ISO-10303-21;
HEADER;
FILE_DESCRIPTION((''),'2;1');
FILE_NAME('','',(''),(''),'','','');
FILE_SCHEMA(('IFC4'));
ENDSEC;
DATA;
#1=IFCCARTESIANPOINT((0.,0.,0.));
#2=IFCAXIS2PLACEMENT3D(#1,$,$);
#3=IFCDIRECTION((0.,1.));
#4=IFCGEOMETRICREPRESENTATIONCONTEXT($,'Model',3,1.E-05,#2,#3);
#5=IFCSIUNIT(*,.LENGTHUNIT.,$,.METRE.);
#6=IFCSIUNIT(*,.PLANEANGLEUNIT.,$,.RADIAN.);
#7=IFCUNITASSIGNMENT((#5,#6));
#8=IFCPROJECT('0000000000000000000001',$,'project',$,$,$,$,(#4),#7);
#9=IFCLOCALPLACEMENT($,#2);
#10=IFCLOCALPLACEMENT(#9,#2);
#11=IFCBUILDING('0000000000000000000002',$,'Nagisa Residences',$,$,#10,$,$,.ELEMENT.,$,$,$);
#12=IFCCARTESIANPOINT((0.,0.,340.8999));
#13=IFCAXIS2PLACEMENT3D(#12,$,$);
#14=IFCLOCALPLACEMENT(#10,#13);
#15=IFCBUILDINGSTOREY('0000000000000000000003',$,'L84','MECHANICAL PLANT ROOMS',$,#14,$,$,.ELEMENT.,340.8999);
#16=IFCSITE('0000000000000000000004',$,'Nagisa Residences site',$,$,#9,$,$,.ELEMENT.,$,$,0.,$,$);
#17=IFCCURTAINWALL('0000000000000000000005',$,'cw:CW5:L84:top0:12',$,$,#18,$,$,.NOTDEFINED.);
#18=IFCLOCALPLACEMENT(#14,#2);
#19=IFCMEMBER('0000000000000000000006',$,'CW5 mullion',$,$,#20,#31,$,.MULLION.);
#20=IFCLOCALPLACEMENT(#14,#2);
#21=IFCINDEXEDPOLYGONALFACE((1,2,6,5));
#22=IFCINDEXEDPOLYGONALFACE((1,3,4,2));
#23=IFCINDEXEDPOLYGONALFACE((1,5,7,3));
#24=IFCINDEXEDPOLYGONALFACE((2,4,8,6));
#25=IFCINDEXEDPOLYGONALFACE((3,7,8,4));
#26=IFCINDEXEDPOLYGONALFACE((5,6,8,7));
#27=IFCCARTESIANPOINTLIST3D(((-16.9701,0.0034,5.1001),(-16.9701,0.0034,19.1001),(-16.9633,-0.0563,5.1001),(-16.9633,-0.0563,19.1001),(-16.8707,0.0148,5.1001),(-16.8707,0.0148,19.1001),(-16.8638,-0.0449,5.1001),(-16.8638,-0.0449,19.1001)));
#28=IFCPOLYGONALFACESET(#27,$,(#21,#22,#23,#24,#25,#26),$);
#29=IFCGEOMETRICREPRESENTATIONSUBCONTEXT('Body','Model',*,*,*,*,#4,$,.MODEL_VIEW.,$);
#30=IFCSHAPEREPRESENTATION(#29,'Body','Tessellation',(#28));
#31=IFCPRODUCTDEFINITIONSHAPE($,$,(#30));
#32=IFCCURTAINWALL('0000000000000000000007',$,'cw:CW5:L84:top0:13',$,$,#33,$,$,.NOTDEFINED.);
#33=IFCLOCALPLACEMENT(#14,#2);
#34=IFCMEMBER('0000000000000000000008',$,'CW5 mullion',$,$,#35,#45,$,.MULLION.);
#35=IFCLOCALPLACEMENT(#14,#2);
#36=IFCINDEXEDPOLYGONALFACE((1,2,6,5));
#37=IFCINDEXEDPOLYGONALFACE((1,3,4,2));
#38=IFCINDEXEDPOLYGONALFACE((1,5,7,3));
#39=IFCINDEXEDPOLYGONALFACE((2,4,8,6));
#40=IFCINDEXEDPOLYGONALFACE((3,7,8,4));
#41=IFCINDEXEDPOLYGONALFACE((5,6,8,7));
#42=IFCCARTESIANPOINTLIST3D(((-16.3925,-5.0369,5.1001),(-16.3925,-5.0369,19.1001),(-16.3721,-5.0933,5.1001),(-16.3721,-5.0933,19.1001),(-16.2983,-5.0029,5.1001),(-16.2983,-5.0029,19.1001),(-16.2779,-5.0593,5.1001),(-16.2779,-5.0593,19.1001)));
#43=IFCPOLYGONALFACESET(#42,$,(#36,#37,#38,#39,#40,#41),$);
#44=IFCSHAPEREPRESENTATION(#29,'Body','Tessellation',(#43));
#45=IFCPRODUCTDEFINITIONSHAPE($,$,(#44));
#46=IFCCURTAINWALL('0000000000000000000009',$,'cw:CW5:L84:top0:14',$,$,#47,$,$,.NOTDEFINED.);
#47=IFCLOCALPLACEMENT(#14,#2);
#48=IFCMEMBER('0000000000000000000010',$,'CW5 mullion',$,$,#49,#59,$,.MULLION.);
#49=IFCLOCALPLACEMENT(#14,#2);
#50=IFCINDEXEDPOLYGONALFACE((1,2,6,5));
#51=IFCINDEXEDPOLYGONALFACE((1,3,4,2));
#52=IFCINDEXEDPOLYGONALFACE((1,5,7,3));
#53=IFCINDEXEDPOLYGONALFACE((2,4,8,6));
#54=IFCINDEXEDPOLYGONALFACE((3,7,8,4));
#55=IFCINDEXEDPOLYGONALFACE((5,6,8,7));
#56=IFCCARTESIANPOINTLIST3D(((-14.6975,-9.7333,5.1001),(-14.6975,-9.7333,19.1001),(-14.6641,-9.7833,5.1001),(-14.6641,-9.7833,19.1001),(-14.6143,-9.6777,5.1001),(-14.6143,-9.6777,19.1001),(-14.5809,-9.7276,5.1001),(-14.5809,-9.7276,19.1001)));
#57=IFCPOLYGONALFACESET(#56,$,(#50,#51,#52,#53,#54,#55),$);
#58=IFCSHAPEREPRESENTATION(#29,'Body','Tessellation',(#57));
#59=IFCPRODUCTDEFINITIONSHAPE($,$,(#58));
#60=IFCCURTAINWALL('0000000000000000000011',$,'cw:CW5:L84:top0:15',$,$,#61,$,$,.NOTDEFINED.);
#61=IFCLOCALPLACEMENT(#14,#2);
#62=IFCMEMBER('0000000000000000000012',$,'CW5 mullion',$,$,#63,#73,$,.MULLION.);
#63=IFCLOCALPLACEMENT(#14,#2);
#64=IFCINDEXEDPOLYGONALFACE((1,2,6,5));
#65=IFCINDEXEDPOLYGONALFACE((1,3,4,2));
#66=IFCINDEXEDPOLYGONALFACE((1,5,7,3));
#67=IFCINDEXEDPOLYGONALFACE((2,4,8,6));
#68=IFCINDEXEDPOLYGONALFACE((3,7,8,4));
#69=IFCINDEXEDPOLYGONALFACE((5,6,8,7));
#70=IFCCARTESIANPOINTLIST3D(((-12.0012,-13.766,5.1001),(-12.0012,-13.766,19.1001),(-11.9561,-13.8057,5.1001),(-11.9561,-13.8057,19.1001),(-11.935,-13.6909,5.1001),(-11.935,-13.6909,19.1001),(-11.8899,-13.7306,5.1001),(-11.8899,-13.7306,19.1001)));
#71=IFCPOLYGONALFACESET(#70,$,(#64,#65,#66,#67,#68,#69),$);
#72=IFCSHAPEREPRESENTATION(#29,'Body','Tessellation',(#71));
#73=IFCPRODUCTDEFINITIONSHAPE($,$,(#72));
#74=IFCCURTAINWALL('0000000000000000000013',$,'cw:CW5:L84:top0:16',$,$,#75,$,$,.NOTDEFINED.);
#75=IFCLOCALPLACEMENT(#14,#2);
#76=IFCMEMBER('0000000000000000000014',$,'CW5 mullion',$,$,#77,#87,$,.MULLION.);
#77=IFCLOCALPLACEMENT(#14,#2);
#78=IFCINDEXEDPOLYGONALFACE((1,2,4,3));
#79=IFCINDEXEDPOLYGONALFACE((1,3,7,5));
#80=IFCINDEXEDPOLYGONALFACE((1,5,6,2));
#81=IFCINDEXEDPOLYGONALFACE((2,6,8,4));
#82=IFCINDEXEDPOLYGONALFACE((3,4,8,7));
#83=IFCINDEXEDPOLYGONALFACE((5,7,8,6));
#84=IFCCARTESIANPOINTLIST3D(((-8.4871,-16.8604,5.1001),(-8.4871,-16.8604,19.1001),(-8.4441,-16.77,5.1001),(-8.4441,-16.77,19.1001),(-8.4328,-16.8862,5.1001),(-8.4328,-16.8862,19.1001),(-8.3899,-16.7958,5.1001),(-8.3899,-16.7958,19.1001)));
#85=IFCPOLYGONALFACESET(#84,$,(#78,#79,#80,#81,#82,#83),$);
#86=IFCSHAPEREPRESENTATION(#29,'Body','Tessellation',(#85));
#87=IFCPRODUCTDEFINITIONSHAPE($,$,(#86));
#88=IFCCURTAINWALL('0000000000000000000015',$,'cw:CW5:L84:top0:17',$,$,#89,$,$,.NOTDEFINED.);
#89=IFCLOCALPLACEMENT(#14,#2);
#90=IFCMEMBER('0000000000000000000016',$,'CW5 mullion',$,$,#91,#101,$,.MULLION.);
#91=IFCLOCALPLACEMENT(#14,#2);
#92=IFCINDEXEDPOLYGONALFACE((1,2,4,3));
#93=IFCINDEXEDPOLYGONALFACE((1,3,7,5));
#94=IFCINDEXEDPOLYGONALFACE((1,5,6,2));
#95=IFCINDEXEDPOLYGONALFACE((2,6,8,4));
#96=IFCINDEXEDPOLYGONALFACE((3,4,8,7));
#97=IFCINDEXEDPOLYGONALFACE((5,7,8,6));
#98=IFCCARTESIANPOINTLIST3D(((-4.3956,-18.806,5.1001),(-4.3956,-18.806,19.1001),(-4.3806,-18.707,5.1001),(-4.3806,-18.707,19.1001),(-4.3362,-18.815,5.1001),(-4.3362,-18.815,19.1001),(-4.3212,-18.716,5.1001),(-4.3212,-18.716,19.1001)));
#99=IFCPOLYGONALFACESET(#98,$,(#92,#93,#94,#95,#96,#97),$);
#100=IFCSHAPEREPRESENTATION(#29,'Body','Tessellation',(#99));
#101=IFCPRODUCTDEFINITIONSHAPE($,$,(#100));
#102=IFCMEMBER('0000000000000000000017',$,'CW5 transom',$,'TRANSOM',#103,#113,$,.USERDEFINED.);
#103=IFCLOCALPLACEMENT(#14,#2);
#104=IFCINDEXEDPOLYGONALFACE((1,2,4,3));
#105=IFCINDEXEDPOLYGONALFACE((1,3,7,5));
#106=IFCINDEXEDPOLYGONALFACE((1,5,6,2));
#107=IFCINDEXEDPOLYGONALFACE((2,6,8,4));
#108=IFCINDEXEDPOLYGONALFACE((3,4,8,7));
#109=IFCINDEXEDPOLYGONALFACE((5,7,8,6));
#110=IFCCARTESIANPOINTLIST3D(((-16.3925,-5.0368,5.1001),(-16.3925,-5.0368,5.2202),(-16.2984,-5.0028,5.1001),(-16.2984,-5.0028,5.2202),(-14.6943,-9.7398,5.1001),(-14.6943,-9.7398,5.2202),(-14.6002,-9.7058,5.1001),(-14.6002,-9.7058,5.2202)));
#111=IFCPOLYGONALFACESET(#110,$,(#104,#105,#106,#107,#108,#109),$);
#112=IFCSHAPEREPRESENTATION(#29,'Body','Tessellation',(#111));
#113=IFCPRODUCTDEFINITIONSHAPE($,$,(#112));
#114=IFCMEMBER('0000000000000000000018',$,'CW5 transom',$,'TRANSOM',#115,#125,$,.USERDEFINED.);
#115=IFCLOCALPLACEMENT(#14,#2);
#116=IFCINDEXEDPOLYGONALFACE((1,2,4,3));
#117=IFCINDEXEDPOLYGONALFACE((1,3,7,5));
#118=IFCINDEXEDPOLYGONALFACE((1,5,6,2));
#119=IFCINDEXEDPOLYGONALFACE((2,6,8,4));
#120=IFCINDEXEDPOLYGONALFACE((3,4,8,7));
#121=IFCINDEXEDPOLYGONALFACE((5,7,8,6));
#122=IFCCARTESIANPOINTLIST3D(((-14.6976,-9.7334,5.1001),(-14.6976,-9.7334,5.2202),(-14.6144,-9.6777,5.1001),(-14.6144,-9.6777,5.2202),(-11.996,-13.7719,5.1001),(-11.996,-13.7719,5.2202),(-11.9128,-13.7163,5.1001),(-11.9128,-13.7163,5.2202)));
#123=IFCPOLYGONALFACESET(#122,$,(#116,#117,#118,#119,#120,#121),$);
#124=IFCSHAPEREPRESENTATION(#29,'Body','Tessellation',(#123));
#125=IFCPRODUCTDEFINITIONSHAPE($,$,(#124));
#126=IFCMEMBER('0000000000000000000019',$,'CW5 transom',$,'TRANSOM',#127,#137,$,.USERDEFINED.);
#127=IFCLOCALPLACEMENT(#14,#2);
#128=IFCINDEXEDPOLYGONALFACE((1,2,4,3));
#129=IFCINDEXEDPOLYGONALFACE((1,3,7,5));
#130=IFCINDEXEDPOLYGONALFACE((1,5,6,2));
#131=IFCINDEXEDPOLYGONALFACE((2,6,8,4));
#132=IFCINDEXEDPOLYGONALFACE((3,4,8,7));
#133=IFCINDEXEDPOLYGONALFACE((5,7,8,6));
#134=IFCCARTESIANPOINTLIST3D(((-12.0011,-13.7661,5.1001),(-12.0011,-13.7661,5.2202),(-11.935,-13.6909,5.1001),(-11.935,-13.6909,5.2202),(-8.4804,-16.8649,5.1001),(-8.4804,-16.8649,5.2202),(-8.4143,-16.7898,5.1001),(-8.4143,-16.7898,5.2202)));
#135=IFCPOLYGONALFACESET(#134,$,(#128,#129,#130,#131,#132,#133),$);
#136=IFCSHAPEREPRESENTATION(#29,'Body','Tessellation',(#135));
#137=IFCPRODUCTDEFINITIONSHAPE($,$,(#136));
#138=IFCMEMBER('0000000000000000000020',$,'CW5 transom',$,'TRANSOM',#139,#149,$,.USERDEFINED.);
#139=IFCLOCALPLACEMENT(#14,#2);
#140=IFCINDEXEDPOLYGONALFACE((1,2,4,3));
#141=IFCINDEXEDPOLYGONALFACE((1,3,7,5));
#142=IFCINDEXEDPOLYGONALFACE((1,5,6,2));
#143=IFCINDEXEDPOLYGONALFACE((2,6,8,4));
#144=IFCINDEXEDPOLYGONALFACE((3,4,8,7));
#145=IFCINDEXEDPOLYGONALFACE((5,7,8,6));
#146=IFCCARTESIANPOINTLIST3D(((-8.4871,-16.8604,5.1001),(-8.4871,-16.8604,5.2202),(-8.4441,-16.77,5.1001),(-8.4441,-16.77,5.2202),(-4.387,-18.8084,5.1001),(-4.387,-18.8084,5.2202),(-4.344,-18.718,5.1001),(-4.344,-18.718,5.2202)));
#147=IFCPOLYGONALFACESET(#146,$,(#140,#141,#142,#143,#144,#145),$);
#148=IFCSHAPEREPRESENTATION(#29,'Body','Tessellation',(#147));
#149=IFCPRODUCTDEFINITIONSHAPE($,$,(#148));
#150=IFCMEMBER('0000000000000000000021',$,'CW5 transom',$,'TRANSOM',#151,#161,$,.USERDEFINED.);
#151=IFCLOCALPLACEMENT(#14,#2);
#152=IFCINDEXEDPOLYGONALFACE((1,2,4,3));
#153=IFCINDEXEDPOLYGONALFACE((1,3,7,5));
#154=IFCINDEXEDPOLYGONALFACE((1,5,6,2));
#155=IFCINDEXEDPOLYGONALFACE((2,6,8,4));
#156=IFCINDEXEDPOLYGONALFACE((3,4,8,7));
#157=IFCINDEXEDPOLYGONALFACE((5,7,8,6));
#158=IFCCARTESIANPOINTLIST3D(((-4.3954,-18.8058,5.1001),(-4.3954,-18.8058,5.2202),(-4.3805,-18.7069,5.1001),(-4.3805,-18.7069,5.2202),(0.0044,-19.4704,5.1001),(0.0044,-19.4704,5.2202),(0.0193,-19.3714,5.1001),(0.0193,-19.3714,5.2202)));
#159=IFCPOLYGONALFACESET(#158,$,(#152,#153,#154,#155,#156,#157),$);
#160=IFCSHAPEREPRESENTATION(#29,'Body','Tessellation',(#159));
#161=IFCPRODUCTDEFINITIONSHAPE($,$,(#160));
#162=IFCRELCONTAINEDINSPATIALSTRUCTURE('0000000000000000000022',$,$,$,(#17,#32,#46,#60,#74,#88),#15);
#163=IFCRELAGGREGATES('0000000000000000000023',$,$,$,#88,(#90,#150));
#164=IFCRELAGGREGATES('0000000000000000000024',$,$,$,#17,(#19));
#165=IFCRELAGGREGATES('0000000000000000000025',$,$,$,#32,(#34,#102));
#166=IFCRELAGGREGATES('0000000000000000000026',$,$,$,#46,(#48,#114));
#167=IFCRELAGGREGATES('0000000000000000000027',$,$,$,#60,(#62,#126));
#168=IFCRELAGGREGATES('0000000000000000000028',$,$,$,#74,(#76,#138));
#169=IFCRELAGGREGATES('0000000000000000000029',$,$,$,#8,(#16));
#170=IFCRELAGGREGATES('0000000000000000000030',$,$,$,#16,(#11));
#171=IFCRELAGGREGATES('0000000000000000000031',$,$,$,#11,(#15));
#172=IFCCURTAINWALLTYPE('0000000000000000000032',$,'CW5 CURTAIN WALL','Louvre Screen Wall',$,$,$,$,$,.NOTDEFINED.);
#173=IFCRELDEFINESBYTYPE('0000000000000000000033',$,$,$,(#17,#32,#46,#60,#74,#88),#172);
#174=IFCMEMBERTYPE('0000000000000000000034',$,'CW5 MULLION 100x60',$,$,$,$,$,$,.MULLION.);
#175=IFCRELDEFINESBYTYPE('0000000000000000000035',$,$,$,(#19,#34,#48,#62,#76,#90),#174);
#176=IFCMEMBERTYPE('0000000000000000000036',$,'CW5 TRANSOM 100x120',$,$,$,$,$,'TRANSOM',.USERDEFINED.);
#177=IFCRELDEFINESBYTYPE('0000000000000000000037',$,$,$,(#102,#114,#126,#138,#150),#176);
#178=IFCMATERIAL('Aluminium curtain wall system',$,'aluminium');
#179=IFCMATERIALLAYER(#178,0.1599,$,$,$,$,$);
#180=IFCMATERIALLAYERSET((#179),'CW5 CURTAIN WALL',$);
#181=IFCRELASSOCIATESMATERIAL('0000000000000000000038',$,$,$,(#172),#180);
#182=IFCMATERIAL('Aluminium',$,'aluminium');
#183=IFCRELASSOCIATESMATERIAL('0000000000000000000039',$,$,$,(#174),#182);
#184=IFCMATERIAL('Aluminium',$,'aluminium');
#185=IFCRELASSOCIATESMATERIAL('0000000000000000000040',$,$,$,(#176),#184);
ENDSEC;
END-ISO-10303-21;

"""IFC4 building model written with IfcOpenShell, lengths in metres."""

from ifc_helpers import new_model, si_unit, direction, frame, origin, origin_2d, place, context, subcontext, project, spatial, rectangle, extrude, material, layer, layer_set, material_profile, profile_set, type_object, element, aggregate, save


model = new_model("IFC4")

# Units and contexts
model_context = context("Model", 3, precision=1e-05, world=origin(), true_north=direction((0.0, 1.0)))
body_context = subcontext(model_context, "Body", "Model", "MODEL_VIEW")
ifc_project = project(units=[si_unit("LENGTHUNIT", "METRE"), si_unit("PLANEANGLEUNIT", "RADIAN")], contexts=[model_context])

# Site, building, storey
site_placement = place(None, origin())
site = spatial("IfcSite", under=ifc_project, at=site_placement, Name="Nagisa Residences site", CompositionType="ELEMENT", RefElevation=0.0)
building_placement = place(site_placement, origin())
building = spatial("IfcBuilding", under=site, at=building_placement, Name="Nagisa Residences", CompositionType="ELEMENT")
storey_placement = place(building_placement, frame((0.0, 0.0, 340.8999)))
storey = spatial("IfcBuildingStorey", under=building, at=storey_placement, Name="L84", Description="MECHANICAL PLANT ROOMS", CompositionType="ELEMENT", Elevation=340.8999)

# Curtain walls, members
ifc_material_1 = material(Name="Aluminium curtain wall system", Category="aluminium")
ifc_layer_1 = layer(ifc_material_1, 0.1599)
ifc_layer_set_1 = layer_set([ifc_layer_1], Name="CW5 CURTAIN WALL")
curtain_wall_type = type_object("IfcCurtainWallType", Name="CW5 CURTAIN WALL", Description="Louvre Screen Wall", PredefinedType="NOTDEFINED", material=ifc_layer_set_1)
curtain_wall_1_placement = place(storey_placement, origin())
curtain_wall_1 = element("IfcCurtainWall", 1, at=curtain_wall_1_placement, inside=storey, type_object=curtain_wall_type, Name="cw:CW5:L84:top0:12", PredefinedType="NOTDEFINED")
ifc_material_2 = material(Name="Aluminium", Category="aluminium")
ifc_material_profile_1 = material_profile(ifc_material_2, rectangle(XDim=0.1001, YDim=0.0601, at=origin_2d()), Name="CW5 MULLION 100x60")
ifc_profile_set_1 = profile_set([ifc_material_profile_1], Name="Aluminium")
member_type_1 = type_object("IfcMemberType", Name="CW5 MULLION 100x60", PredefinedType="MULLION", material=ifc_profile_set_1)
member_1_placement = place(storey_placement, frame((-16.917, -0.0208, 5.1001), z_axis=(0.0, 0.0, 1.0), x_axis=(0.993478, 0.114025, 0.0)))
member_1 = element("IfcMember", 2, at=member_1_placement, type_object=member_type_1, Name="CW5 mullion", PredefinedType="MULLION", context=body_context, shape_type="SweptSolid", body=[
    extrude(rectangle(XDim=0.1001, YDim=0.0601, at=origin_2d()), origin(), (0.0, 0.0, 1.0), 14.0),
])
curtain_wall_2_placement = place(storey_placement, origin())
curtain_wall_2 = element("IfcCurtainWall", 3, at=curtain_wall_2_placement, inside=storey, type_object=curtain_wall_type, Name="cw:CW5:L84:top0:13", PredefinedType="NOTDEFINED")
member_2_placement = place(storey_placement, frame((-16.3352, -5.0481, 5.1001), z_axis=(0.0, 0.0, 1.0), x_axis=(0.940554, 0.339643, 0.0)))
member_2 = element("IfcMember", 4, at=member_2_placement, type_object=member_type_1, Name="CW5 mullion", PredefinedType="MULLION", context=body_context, shape_type="SweptSolid", body=[
    extrude(rectangle(XDim=0.1001, YDim=0.0601, at=origin_2d()), origin(), (0.0, 0.0, 1.0), 14.0),
])
curtain_wall_3_placement = place(storey_placement, origin())
curtain_wall_3 = element("IfcCurtainWall", 5, at=curtain_wall_3_placement, inside=storey, type_object=curtain_wall_type, Name="cw:CW5:L84:top0:14", PredefinedType="NOTDEFINED")
member_3_placement = place(storey_placement, frame((-14.6392, -9.7305, 5.1001), z_axis=(0.0, 0.0, 1.0), x_axis=(0.831173, 0.556014, 0.0)))
member_3 = element("IfcMember", 6, at=member_3_placement, type_object=member_type_1, Name="CW5 mullion", PredefinedType="MULLION", context=body_context, shape_type="SweptSolid", body=[
    extrude(rectangle(XDim=0.1001, YDim=0.0601, at=origin_2d()), origin(), (0.0, 0.0, 1.0), 14.0),
])
curtain_wall_4_placement = place(storey_placement, origin())
curtain_wall_4 = element("IfcCurtainWall", 7, at=curtain_wall_4_placement, inside=storey, type_object=curtain_wall_type, Name="cw:CW5:L84:top0:15", PredefinedType="NOTDEFINED")
member_4_placement = place(storey_placement, frame((-11.9456, -13.7483, 5.1001), z_axis=(0.0, 0.0, 1.0), x_axis=(0.660699, 0.750651, 0.0)))
member_4 = element("IfcMember", 8, at=member_4_placement, type_object=member_type_1, Name="CW5 mullion", PredefinedType="MULLION", context=body_context, shape_type="SweptSolid", body=[
    extrude(rectangle(XDim=0.1001, YDim=0.0601, at=origin_2d()), origin(), (0.0, 0.0, 1.0), 14.0),
])
curtain_wall_5_placement = place(storey_placement, origin())
curtain_wall_5 = element("IfcCurtainWall", 9, at=curtain_wall_5_placement, inside=storey, type_object=curtain_wall_type, Name="cw:CW5:L84:top0:16", PredefinedType="NOTDEFINED")
member_5_placement = place(storey_placement, frame((-8.4385, -16.8281, 5.1001), z_axis=(0.0, 0.0, 1.0), x_axis=(0.429151, 0.903233, 0.0)))
member_5 = element("IfcMember", 10, at=member_5_placement, type_object=member_type_1, Name="CW5 mullion", PredefinedType="MULLION", context=body_context, shape_type="SweptSolid", body=[
    extrude(rectangle(XDim=0.1001, YDim=0.0601, at=origin_2d()), origin(), (0.0, 0.0, 1.0), 14.0),
])
curtain_wall_6_placement = place(storey_placement, origin())
curtain_wall_6 = element("IfcCurtainWall", 11, at=curtain_wall_6_placement, inside=storey, type_object=curtain_wall_type, Name="cw:CW5:L84:top0:17", PredefinedType="NOTDEFINED")
member_6_placement = place(storey_placement, frame((-4.3584, -18.761, 5.1001), z_axis=(0.0, 0.0, 1.0), x_axis=(0.14932, 0.988789, 0.0)))
member_6 = element("IfcMember", 12, at=member_6_placement, type_object=member_type_1, Name="CW5 mullion", PredefinedType="MULLION", context=body_context, shape_type="SweptSolid", body=[
    extrude(rectangle(XDim=0.1001, YDim=0.0601, at=origin_2d()), origin(), (0.0, 0.0, 1.0), 14.0),
])

# Members
ifc_material_3 = material(Name="Aluminium", Category="aluminium")
ifc_material_profile_2 = material_profile(ifc_material_3, rectangle(XDim=0.1001, YDim=0.1201, at=origin_2d()), Name="CW5 TRANSOM 100x120")
ifc_profile_set_2 = profile_set([ifc_material_profile_2], Name="Aluminium")
member_type_2 = type_object("IfcMemberType", Name="CW5 TRANSOM 100x120", ElementType="TRANSOM", PredefinedType="USERDEFINED", material=ifc_profile_set_2)
member_7_placement = place(storey_placement, frame((-16.3455, -5.0198, 5.1602), z_axis=(0.339625, -0.940561, 0.0), x_axis=(0.940561, 0.339625, 0.0)))
member_7 = element("IfcMember", 13, at=member_7_placement, type_object=member_type_2, Name="CW5 transom", ObjectType="TRANSOM", PredefinedType="USERDEFINED", context=body_context, shape_type="SweptSolid", body=[
    extrude(rectangle(XDim=0.1001, YDim=0.1201, at=origin_2d()), origin(), (0.0, 0.0, 1.0), 5.0002),
])
member_8_placement = place(storey_placement, frame((-14.656, -9.7056, 5.1602), z_axis=(0.556021, -0.831168, 0.0), x_axis=(0.831168, 0.556021, 0.0)))
member_8 = element("IfcMember", 14, at=member_8_placement, type_object=member_type_2, Name="CW5 transom", ObjectType="TRANSOM", PredefinedType="USERDEFINED", context=body_context, shape_type="SweptSolid", body=[
    extrude(rectangle(XDim=0.1001, YDim=0.1201, at=origin_2d()), origin(), (0.0, 0.0, 1.0), 4.8589),
])
member_9_placement = place(storey_placement, frame((-11.968, -13.7285, 5.1602), z_axis=(0.750648, -0.660702, 0.0), x_axis=(0.660702, 0.750648, 0.0)))
member_9 = element("IfcMember", 15, at=member_9_placement, type_object=member_type_2, Name="CW5 transom", ObjectType="TRANSOM", PredefinedType="USERDEFINED", context=body_context, shape_type="SweptSolid", body=[
    extrude(rectangle(XDim=0.1001, YDim=0.1201, at=origin_2d()), origin(), (0.0, 0.0, 1.0), 4.6902),
])
member_10_placement = place(storey_placement, frame((-8.4656, -16.8152, 5.1602), z_axis=(0.903239, -0.429138, 0.0), x_axis=(0.429138, 0.903239, 0.0)))
member_10 = element("IfcMember", 16, at=member_10_placement, type_object=member_type_2, Name="CW5 transom", ObjectType="TRANSOM", PredefinedType="USERDEFINED", context=body_context, shape_type="SweptSolid", body=[
    extrude(rectangle(XDim=0.1001, YDim=0.1201, at=origin_2d()), origin(), (0.0, 0.0, 1.0), 4.5393),
])
member_11_placement = place(storey_placement, frame((-4.3879, -18.7563, 5.1602), z_axis=(0.988785, -0.149344, 0.0), x_axis=(0.149344, 0.988785, 0.0)))
member_11 = element("IfcMember", 17, at=member_11_placement, type_object=member_type_2, Name="CW5 transom", ObjectType="TRANSOM", PredefinedType="USERDEFINED", context=body_context, shape_type="SweptSolid", body=[
    extrude(rectangle(XDim=0.1001, YDim=0.1201, at=origin_2d()), origin(), (0.0, 0.0, 1.0), 4.4497),
])
aggregate(curtain_wall_6, [member_6, member_11])

aggregate(curtain_wall_1, [member_1])
aggregate(curtain_wall_2, [member_2, member_7])
aggregate(curtain_wall_3, [member_3, member_8])
aggregate(curtain_wall_4, [member_4, member_9])
aggregate(curtain_wall_5, [member_5, member_10])

save(model, "model.ifc")
